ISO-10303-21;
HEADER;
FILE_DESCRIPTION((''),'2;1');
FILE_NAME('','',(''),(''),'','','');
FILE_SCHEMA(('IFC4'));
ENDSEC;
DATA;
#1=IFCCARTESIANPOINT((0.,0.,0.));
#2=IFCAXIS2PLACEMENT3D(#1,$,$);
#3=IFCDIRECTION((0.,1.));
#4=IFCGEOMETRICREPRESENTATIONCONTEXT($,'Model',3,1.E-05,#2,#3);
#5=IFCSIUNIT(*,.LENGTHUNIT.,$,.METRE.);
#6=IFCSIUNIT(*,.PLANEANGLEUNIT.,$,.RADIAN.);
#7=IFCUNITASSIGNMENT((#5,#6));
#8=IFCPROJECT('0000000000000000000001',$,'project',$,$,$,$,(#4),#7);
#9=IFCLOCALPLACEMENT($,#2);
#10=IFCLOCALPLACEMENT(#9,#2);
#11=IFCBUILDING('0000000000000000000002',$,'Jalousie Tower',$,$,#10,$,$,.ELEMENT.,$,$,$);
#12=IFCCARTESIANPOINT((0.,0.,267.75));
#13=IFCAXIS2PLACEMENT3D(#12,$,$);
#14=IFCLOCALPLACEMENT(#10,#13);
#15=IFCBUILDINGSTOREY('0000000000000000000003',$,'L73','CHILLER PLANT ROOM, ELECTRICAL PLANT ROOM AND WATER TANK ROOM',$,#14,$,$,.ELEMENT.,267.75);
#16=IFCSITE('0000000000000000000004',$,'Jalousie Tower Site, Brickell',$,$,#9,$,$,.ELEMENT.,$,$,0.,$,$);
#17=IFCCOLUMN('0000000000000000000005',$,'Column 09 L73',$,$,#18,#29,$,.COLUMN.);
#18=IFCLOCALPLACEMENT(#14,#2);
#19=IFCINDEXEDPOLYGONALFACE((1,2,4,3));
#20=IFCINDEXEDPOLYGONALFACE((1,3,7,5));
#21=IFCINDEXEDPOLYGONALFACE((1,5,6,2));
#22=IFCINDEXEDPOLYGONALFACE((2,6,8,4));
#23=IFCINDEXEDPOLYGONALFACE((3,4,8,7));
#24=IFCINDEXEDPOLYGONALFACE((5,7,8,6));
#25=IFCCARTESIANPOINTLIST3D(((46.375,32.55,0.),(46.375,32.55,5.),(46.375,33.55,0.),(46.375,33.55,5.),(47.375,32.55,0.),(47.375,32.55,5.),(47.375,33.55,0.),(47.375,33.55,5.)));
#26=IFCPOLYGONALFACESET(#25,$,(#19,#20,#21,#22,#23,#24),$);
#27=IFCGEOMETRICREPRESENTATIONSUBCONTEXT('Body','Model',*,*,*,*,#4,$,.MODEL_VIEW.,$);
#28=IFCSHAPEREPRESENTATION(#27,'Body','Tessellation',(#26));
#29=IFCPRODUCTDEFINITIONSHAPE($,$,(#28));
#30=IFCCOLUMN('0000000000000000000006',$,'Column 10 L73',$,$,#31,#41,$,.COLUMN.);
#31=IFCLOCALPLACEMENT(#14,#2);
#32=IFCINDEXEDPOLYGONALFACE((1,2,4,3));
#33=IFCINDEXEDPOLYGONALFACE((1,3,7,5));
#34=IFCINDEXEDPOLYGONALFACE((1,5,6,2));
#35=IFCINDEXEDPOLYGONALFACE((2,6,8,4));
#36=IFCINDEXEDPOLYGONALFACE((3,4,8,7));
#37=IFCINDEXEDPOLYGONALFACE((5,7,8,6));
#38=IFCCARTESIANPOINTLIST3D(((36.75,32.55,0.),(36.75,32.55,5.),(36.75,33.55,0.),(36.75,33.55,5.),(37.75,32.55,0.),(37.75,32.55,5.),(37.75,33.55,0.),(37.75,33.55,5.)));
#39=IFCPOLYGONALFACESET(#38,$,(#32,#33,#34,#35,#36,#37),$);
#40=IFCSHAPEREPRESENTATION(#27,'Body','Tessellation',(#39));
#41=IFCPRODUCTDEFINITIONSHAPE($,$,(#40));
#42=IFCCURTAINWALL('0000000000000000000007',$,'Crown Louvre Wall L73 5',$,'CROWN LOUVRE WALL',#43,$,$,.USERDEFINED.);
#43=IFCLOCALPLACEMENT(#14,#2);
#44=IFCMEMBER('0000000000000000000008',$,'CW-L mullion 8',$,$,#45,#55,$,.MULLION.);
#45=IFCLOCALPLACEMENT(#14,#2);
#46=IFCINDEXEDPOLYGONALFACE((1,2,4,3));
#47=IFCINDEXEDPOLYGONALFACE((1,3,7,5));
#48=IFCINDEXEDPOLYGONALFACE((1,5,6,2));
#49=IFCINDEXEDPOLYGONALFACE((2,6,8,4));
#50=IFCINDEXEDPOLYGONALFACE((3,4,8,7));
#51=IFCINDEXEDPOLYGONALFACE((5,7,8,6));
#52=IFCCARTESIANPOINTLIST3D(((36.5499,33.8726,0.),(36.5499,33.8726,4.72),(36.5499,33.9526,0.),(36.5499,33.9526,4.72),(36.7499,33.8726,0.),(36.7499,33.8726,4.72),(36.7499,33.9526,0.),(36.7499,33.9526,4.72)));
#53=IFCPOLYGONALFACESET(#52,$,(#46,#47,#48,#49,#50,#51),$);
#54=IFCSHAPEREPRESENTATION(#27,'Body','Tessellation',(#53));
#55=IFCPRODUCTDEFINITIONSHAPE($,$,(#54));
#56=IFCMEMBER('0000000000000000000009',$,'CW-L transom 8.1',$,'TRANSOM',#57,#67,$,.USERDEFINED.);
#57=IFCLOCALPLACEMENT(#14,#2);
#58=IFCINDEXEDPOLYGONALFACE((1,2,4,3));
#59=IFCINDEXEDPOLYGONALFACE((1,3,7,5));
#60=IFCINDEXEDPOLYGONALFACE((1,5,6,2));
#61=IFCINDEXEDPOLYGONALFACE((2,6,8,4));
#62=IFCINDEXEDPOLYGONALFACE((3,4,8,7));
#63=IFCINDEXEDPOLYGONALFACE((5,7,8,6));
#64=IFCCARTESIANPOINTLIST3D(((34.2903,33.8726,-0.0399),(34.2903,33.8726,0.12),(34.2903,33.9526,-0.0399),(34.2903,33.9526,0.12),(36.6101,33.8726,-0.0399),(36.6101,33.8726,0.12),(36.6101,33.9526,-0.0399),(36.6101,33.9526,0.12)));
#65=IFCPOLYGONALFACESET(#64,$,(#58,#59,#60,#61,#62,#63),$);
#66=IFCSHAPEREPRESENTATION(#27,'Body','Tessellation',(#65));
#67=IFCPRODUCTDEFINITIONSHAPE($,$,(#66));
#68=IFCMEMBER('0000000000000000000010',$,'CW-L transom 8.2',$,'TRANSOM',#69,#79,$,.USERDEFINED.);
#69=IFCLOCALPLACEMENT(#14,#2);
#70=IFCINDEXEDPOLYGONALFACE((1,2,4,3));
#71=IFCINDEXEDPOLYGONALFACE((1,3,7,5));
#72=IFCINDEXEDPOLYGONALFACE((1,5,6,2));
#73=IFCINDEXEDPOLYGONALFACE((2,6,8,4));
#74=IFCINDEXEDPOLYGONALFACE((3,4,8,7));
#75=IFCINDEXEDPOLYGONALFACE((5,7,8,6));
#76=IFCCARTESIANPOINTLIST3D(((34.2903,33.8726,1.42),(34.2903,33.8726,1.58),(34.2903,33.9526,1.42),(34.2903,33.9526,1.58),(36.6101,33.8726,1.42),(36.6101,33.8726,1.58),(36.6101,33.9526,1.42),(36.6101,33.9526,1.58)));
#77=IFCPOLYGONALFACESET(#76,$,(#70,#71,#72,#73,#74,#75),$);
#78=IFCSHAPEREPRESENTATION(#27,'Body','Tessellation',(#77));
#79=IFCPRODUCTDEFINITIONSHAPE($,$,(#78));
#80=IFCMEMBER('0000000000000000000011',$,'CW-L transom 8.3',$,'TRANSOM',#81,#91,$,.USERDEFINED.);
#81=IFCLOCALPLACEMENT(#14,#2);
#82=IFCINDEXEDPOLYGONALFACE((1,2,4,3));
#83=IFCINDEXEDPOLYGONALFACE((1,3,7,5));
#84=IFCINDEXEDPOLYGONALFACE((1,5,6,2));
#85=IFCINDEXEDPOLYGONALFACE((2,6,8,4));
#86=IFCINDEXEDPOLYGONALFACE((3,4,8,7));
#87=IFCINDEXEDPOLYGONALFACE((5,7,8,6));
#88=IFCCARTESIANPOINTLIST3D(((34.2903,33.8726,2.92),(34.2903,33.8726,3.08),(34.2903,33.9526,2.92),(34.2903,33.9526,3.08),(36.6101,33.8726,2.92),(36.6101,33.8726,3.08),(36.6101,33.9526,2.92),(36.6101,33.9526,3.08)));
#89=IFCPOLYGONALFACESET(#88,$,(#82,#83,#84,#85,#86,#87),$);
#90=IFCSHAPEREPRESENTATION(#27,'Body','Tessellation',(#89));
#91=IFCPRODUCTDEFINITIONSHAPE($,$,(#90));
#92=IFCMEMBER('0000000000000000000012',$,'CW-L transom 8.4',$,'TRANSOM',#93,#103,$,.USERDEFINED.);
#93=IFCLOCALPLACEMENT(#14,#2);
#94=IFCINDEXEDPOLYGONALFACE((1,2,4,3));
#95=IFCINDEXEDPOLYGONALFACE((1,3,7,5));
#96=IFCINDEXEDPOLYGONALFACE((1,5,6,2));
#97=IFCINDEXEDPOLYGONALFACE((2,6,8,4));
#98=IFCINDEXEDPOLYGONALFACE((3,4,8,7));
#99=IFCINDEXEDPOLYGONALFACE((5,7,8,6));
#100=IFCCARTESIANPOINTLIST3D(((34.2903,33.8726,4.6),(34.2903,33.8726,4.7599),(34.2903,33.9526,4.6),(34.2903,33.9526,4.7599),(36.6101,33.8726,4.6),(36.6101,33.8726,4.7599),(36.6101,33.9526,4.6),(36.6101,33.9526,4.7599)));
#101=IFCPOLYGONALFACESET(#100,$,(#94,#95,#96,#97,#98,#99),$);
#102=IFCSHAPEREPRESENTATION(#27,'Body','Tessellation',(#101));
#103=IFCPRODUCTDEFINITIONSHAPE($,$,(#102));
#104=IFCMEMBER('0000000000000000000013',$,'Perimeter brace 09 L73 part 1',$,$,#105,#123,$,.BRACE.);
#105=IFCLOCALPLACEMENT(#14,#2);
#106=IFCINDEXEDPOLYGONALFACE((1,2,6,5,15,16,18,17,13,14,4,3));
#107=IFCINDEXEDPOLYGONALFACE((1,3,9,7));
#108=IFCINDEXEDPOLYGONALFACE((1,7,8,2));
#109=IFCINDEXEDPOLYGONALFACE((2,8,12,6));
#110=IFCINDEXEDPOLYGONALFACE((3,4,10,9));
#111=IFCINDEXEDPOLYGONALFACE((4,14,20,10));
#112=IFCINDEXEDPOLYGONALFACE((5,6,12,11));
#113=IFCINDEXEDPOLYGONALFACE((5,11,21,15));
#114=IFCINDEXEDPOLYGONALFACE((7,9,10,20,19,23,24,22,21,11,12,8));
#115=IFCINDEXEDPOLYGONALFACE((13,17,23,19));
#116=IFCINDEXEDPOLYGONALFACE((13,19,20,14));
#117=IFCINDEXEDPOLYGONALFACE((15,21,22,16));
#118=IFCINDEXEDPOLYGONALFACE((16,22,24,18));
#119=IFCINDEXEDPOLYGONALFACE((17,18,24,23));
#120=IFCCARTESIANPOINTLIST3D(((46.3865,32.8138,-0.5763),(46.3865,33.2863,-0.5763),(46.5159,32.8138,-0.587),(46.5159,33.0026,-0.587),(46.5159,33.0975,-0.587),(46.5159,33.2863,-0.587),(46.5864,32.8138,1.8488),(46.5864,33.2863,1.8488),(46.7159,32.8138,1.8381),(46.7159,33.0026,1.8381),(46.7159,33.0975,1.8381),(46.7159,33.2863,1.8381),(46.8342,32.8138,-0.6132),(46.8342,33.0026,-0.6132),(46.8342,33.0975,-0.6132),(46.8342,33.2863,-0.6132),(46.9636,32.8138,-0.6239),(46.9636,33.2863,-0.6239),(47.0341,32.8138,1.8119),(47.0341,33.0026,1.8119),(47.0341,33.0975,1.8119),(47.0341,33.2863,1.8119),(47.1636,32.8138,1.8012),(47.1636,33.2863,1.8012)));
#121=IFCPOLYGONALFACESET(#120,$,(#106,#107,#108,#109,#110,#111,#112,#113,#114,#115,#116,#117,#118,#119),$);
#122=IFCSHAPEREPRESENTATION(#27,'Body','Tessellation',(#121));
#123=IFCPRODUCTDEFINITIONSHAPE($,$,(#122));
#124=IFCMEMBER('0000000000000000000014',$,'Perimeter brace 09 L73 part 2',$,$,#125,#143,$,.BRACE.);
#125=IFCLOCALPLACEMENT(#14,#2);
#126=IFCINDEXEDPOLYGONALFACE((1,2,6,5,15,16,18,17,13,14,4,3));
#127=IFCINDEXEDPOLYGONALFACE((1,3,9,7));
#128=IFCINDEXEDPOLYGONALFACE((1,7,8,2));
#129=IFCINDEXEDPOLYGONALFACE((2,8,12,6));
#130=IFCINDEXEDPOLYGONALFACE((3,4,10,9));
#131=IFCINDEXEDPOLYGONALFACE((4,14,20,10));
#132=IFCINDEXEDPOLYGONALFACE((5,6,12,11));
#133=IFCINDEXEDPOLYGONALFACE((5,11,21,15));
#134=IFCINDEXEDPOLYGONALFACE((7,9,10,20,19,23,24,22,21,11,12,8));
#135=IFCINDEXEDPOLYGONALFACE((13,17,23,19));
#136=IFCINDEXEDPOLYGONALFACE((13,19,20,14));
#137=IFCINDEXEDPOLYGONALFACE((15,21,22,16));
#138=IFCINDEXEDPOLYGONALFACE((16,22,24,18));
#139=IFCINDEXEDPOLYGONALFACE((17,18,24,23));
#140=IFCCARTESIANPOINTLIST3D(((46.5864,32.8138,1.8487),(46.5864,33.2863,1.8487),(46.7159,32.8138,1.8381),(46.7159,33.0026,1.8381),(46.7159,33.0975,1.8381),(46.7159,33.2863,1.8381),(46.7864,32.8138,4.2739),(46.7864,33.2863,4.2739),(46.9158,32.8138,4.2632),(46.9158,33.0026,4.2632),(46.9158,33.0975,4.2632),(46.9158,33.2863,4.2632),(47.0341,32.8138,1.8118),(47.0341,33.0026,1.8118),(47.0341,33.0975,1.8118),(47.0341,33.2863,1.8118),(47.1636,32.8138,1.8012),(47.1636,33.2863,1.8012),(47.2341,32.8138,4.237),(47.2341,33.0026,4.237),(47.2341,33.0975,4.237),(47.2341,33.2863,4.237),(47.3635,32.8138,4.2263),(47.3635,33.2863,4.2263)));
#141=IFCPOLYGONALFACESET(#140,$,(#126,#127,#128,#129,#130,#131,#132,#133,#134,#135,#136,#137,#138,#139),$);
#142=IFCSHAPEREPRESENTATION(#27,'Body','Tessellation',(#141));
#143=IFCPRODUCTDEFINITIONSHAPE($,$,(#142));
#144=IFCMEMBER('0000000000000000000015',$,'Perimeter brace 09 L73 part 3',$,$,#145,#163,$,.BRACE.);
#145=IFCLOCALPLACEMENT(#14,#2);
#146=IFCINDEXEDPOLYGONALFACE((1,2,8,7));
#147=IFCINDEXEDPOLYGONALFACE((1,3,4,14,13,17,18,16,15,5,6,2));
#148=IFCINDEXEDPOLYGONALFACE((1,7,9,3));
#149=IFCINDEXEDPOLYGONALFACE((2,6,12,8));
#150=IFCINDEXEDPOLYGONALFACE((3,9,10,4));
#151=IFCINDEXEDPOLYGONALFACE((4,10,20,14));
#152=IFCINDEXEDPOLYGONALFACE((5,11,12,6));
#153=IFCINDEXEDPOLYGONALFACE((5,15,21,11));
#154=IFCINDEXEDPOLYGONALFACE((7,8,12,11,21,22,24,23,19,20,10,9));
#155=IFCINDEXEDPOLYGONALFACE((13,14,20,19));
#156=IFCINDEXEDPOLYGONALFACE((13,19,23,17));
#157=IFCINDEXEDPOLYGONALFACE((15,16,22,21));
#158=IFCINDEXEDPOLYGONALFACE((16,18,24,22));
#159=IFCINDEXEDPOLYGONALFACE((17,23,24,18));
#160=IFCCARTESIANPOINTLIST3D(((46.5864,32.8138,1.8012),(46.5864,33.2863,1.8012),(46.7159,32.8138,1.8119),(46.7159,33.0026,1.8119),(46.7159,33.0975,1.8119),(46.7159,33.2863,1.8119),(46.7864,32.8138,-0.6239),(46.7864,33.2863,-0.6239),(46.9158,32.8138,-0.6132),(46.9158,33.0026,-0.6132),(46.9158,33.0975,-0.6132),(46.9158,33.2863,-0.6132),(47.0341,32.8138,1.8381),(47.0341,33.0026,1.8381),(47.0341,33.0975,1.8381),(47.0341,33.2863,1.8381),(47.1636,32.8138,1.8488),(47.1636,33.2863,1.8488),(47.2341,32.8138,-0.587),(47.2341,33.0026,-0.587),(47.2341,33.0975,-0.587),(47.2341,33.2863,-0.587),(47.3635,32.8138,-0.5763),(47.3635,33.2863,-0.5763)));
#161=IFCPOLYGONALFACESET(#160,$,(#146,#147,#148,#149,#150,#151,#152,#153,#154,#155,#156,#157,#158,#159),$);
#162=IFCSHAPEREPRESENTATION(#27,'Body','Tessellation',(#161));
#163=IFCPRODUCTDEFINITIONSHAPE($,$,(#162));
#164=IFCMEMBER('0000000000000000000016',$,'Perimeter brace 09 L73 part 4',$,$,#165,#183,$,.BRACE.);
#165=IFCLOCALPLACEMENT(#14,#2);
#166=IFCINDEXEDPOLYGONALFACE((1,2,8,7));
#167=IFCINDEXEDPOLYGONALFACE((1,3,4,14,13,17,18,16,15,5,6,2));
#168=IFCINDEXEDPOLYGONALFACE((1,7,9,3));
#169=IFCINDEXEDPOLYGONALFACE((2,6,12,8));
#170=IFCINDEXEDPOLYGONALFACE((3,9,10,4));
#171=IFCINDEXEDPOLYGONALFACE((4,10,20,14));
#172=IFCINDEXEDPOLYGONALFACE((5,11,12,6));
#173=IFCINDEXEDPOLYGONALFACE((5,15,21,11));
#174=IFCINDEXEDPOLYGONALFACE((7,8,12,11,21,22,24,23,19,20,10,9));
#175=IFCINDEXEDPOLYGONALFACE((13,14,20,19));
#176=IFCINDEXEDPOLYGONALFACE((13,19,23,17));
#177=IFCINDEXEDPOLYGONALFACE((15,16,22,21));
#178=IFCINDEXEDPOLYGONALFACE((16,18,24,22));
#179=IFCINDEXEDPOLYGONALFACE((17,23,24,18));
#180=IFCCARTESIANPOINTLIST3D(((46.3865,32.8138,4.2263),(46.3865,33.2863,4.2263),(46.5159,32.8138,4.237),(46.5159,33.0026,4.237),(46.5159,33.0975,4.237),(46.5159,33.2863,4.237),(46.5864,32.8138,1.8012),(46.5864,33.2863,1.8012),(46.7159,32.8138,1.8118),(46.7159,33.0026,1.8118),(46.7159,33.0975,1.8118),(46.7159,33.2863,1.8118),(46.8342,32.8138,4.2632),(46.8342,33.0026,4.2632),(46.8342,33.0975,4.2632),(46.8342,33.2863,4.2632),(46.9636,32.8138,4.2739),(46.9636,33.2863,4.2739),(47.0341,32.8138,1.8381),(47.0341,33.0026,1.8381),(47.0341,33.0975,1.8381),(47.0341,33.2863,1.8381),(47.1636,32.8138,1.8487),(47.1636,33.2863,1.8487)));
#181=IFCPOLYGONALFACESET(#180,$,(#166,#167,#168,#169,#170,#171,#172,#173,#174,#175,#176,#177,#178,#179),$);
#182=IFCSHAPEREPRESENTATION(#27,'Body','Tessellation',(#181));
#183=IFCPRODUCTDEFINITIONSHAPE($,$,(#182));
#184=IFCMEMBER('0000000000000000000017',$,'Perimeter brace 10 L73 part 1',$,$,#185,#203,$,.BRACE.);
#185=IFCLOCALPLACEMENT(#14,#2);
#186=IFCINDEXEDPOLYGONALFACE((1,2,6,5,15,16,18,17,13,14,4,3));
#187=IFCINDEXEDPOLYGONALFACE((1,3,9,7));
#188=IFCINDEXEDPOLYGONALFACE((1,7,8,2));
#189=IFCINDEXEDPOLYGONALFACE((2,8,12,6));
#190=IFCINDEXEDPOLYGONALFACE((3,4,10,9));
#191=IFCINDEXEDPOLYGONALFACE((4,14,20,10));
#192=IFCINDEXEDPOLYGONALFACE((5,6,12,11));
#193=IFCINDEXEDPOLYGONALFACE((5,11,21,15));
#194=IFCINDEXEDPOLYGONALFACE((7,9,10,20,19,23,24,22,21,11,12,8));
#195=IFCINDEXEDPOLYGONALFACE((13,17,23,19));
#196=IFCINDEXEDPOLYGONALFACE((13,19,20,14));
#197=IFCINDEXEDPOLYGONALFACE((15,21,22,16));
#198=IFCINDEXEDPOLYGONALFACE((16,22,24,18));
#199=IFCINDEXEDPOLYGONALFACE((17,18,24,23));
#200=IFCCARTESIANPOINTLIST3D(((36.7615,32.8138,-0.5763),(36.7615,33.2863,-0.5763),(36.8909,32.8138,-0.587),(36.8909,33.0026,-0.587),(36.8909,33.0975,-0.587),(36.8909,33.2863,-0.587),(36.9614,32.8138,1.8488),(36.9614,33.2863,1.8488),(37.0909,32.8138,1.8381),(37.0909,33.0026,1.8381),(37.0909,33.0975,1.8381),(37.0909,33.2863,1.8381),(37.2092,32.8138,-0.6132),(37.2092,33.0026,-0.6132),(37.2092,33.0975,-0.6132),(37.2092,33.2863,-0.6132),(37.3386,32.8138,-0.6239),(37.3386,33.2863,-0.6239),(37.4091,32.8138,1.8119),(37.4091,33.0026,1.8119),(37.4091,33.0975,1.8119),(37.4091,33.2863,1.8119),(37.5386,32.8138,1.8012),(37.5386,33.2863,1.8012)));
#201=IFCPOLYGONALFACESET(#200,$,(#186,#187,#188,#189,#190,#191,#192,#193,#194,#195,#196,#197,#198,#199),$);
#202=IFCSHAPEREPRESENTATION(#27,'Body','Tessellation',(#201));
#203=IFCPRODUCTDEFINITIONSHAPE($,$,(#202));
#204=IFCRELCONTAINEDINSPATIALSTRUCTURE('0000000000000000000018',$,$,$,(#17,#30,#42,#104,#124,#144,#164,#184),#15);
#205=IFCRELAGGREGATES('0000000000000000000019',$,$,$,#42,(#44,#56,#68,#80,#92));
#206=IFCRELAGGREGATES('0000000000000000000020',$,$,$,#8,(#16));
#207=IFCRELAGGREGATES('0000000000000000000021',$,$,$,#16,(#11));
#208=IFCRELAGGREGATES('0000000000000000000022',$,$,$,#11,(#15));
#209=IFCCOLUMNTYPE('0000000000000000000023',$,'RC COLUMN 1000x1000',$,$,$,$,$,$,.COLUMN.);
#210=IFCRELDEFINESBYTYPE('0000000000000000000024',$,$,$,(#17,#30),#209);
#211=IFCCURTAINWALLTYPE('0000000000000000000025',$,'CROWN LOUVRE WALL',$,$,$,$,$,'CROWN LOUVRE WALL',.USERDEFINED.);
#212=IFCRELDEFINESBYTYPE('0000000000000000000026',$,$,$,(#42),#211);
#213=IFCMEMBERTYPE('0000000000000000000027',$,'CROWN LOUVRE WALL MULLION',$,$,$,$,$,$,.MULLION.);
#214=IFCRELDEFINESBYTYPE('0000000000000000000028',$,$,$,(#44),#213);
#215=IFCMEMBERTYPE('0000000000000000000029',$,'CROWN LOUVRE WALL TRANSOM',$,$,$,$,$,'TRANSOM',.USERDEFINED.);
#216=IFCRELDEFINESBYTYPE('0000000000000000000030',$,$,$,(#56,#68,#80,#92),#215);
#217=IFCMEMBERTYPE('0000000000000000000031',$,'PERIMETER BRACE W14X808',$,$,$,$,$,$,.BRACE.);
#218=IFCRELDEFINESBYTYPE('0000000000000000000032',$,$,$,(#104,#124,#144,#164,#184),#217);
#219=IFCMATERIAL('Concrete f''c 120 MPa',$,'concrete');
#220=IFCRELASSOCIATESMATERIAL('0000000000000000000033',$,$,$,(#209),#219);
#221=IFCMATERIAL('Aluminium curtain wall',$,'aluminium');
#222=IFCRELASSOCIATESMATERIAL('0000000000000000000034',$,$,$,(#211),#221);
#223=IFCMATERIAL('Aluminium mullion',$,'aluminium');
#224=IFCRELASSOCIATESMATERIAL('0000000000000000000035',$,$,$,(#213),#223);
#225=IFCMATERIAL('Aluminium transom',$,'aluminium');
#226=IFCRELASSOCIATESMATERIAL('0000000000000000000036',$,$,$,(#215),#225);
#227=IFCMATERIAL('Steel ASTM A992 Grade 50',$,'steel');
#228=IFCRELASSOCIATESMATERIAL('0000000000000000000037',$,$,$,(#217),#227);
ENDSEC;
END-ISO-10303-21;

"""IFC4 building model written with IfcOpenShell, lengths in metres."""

from ifc_helpers import new_model, si_unit, direction, frame, origin, origin_2d, place, context, subcontext, project, spatial, rectangle, i_section, extrude, material, material_profile, profile_set, type_object, element, aggregate, save


model = new_model("IFC4")

# Units and contexts
model_context = context("Model", 3, precision=1e-05, world=origin(), true_north=direction((0.0, 1.0)))
body_context = subcontext(model_context, "Body", "Model", "MODEL_VIEW")
ifc_project = project(units=[si_unit("LENGTHUNIT", "METRE"), si_unit("PLANEANGLEUNIT", "RADIAN")], contexts=[model_context])

# Site, building, storey
site_placement = place(None, origin())
site = spatial("IfcSite", under=ifc_project, at=site_placement, Name="Jalousie Tower Site, Brickell", CompositionType="ELEMENT", RefElevation=0.0)
building_placement = place(site_placement, origin())
building = spatial("IfcBuilding", under=site, at=building_placement, Name="Jalousie Tower", CompositionType="ELEMENT")
storey_placement = place(building_placement, frame((0.0, 0.0, 267.75)))
storey = spatial("IfcBuildingStorey", under=building, at=storey_placement, Name="L73", Description="CHILLER PLANT ROOM, ELECTRICAL PLANT ROOM AND WATER TANK ROOM", CompositionType="ELEMENT", Elevation=267.75)

# Columns
ifc_material_1 = material(Name="Concrete f'c 120 MPa", Category="concrete")
ifc_material_profile_1 = material_profile(ifc_material_1, rectangle(XDim=1.0, YDim=1.0, at=origin_2d()), Name="RC 1000x1000")
ifc_profile_set_1 = profile_set([ifc_material_profile_1], Name="Concrete f'c 120 MPa")
column_type = type_object("IfcColumnType", Name="RC COLUMN 1000x1000", PredefinedType="COLUMN", material=ifc_profile_set_1)
for number, where, z_axis, x_axis, name in (
    (1, (46.875, 33.05, 0.0), (0.0, 0.0, 1.0), (1.0, 0.0, 0.0), "Column 09 L73"),
    (2, (37.25, 33.05, 0.0), (0.0, 0.0, 1.0), (1.0, 0.0, 0.0), "Column 10 L73"),
):
    element("IfcColumn", number, at=place(storey_placement, frame(where, z_axis=z_axis, x_axis=x_axis)), inside=storey, type_object=column_type, Name=name, PredefinedType="COLUMN", context=body_context, shape_type="SweptSolid", body=[
        extrude(rectangle(XDim=1.0, YDim=1.0, at=origin_2d()), origin(), (0.0, 0.0, 1.0), 5.0),
    ])

# Curtain wall, members
ifc_material_2 = material(Name="Aluminium curtain wall", Category="aluminium")
curtain_wall_type = type_object("IfcCurtainWallType", Name="CROWN LOUVRE WALL", ElementType="CROWN LOUVRE WALL", PredefinedType="USERDEFINED", material=ifc_material_2)
curtain_wall_placement = place(storey_placement, origin())
curtain_wall = element("IfcCurtainWall", 3, at=curtain_wall_placement, inside=storey, type_object=curtain_wall_type, Name="Crown Louvre Wall L73 5", ObjectType="CROWN LOUVRE WALL", PredefinedType="USERDEFINED")
ifc_material_3 = material(Name="Aluminium mullion", Category="aluminium")
ifc_material_profile_2 = material_profile(ifc_material_3, rectangle(XDim=0.0801, YDim=0.2, at=origin_2d()), Name="MULLION 80x200")
ifc_profile_set_2 = profile_set([ifc_material_profile_2], Name="Aluminium mullion")
member_type_1 = type_object("IfcMemberType", Name="CROWN LOUVRE WALL MULLION", PredefinedType="MULLION", material=ifc_profile_set_2)
member_1_placement = place(storey_placement, frame((36.6499, 33.9126, 0.0), z_axis=(0.0, 0.0, 1.0), x_axis=(0.0, -1.0, 0.0)))
member_1 = element("IfcMember", 4, at=member_1_placement, type_object=member_type_1, Name="CW-L mullion 8", PredefinedType="MULLION", context=body_context, shape_type="SweptSolid", body=[
    extrude(rectangle(XDim=0.0801, YDim=0.2, at=origin_2d()), origin(), (0.0, 0.0, 1.0), 4.72),
])
ifc_material_4 = material(Name="Aluminium transom", Category="aluminium")
ifc_material_profile_3 = material_profile(ifc_material_4, rectangle(XDim=0.0801, YDim=0.1599, at=origin_2d()), Name="TRANSOM 80x160")
ifc_profile_set_3 = profile_set([ifc_material_profile_3], Name="Aluminium transom")
member_type_2 = type_object("IfcMemberType", Name="CROWN LOUVRE WALL TRANSOM", ElementType="TRANSOM", PredefinedType="USERDEFINED", material=ifc_profile_set_3)
member_2_placement = place(storey_placement, frame((36.6101, 33.9126, 0.04), z_axis=(-1.0, 0.0, 0.0), x_axis=(0.0, -1.0, 0.0)))
member_2 = element("IfcMember", 5, at=member_2_placement, type_object=member_type_2, Name="CW-L transom 8.1", ObjectType="TRANSOM", PredefinedType="USERDEFINED", context=body_context, shape_type="SweptSolid", body=[
    extrude(rectangle(XDim=0.0801, YDim=0.1599, at=origin_2d()), origin(), (0.0, 0.0, 1.0), 2.3198),
])
member_3_placement = place(storey_placement, frame((36.6101, 33.9126, 1.5), z_axis=(-1.0, 0.0, 0.0), x_axis=(0.0, -1.0, 0.0)))
member_3 = element("IfcMember", 6, at=member_3_placement, type_object=member_type_2, Name="CW-L transom 8.2", ObjectType="TRANSOM", PredefinedType="USERDEFINED", context=body_context, shape_type="SweptSolid", body=[
    extrude(rectangle(XDim=0.0801, YDim=0.1599, at=origin_2d()), origin(), (0.0, 0.0, 1.0), 2.3198),
])
member_4_placement = place(storey_placement, frame((36.6101, 33.9126, 3.0), z_axis=(-1.0, 0.0, 0.0), x_axis=(0.0, -1.0, 0.0)))
member_4 = element("IfcMember", 7, at=member_4_placement, type_object=member_type_2, Name="CW-L transom 8.3", ObjectType="TRANSOM", PredefinedType="USERDEFINED", context=body_context, shape_type="SweptSolid", body=[
    extrude(rectangle(XDim=0.0801, YDim=0.1599, at=origin_2d()), origin(), (0.0, 0.0, 1.0), 2.3198),
])
member_5_placement = place(storey_placement, frame((36.6101, 33.9126, 4.6799), z_axis=(-1.0, 0.0, 0.0), x_axis=(0.0, -1.0, 0.0)))
member_5 = element("IfcMember", 8, at=member_5_placement, type_object=member_type_2, Name="CW-L transom 8.4", ObjectType="TRANSOM", PredefinedType="USERDEFINED", context=body_context, shape_type="SweptSolid", body=[
    extrude(rectangle(XDim=0.0801, YDim=0.1599, at=origin_2d()), origin(), (0.0, 0.0, 1.0), 2.3198),
])
aggregate(curtain_wall, [member_1, member_2, member_3, member_4, member_5])

# Members
ifc_material_5 = material(Name="Steel ASTM A992 Grade 50", Category="steel")
ifc_material_profile_4 = material_profile(ifc_material_5, i_section(OverallWidth=0.4724, OverallDepth=0.5791, WebThickness=0.095, FlangeThickness=0.1299, at=origin_2d()), Name="W14X808")
ifc_profile_set_4 = profile_set([ifc_material_profile_4], Name="Steel ASTM A992 Grade 50")
member_type_3 = type_object("IfcMemberType", Name="PERIMETER BRACE W14X808", PredefinedType="BRACE", material=ifc_profile_set_4)
for number, where, z_axis, x_axis, name in (
    (9, (46.675, 33.05, -0.6001), (0.082174, 0.0, 0.996618), (0.0, 1.0, 0.0), "Perimeter brace 09 L73 part 1"),
    (10, (46.875, 33.05, 1.825), (0.082174, 0.0, 0.996618), (0.0, 1.0, 0.0), "Perimeter brace 09 L73 part 2"),
    (11, (47.075, 33.05, -0.6001), (-0.082174, 0.0, 0.996618), (0.0, -1.0, 0.0), "Perimeter brace 09 L73 part 3"),
    (12, (46.875, 33.05, 1.825), (-0.082174, 0.0, 0.996618), (0.0, -1.0, 0.0), "Perimeter brace 09 L73 part 4"),
    (13, (37.05, 33.05, -0.6001), (0.082174, 0.0, 0.996618), (0.0, 1.0, 0.0), "Perimeter brace 10 L73 part 1"),
):
    element("IfcMember", number, at=place(storey_placement, frame(where, z_axis=z_axis, x_axis=x_axis)), inside=storey, type_object=member_type_3, Name=name, PredefinedType="BRACE", context=body_context, shape_type="SweptSolid", body=[
        extrude(i_section(OverallWidth=0.4724, OverallDepth=0.5791, WebThickness=0.095, FlangeThickness=0.1299, at=origin_2d()), origin(), (0.0, 0.0, 1.0), 2.4333),
    ])

save(model, "model.ifc")
